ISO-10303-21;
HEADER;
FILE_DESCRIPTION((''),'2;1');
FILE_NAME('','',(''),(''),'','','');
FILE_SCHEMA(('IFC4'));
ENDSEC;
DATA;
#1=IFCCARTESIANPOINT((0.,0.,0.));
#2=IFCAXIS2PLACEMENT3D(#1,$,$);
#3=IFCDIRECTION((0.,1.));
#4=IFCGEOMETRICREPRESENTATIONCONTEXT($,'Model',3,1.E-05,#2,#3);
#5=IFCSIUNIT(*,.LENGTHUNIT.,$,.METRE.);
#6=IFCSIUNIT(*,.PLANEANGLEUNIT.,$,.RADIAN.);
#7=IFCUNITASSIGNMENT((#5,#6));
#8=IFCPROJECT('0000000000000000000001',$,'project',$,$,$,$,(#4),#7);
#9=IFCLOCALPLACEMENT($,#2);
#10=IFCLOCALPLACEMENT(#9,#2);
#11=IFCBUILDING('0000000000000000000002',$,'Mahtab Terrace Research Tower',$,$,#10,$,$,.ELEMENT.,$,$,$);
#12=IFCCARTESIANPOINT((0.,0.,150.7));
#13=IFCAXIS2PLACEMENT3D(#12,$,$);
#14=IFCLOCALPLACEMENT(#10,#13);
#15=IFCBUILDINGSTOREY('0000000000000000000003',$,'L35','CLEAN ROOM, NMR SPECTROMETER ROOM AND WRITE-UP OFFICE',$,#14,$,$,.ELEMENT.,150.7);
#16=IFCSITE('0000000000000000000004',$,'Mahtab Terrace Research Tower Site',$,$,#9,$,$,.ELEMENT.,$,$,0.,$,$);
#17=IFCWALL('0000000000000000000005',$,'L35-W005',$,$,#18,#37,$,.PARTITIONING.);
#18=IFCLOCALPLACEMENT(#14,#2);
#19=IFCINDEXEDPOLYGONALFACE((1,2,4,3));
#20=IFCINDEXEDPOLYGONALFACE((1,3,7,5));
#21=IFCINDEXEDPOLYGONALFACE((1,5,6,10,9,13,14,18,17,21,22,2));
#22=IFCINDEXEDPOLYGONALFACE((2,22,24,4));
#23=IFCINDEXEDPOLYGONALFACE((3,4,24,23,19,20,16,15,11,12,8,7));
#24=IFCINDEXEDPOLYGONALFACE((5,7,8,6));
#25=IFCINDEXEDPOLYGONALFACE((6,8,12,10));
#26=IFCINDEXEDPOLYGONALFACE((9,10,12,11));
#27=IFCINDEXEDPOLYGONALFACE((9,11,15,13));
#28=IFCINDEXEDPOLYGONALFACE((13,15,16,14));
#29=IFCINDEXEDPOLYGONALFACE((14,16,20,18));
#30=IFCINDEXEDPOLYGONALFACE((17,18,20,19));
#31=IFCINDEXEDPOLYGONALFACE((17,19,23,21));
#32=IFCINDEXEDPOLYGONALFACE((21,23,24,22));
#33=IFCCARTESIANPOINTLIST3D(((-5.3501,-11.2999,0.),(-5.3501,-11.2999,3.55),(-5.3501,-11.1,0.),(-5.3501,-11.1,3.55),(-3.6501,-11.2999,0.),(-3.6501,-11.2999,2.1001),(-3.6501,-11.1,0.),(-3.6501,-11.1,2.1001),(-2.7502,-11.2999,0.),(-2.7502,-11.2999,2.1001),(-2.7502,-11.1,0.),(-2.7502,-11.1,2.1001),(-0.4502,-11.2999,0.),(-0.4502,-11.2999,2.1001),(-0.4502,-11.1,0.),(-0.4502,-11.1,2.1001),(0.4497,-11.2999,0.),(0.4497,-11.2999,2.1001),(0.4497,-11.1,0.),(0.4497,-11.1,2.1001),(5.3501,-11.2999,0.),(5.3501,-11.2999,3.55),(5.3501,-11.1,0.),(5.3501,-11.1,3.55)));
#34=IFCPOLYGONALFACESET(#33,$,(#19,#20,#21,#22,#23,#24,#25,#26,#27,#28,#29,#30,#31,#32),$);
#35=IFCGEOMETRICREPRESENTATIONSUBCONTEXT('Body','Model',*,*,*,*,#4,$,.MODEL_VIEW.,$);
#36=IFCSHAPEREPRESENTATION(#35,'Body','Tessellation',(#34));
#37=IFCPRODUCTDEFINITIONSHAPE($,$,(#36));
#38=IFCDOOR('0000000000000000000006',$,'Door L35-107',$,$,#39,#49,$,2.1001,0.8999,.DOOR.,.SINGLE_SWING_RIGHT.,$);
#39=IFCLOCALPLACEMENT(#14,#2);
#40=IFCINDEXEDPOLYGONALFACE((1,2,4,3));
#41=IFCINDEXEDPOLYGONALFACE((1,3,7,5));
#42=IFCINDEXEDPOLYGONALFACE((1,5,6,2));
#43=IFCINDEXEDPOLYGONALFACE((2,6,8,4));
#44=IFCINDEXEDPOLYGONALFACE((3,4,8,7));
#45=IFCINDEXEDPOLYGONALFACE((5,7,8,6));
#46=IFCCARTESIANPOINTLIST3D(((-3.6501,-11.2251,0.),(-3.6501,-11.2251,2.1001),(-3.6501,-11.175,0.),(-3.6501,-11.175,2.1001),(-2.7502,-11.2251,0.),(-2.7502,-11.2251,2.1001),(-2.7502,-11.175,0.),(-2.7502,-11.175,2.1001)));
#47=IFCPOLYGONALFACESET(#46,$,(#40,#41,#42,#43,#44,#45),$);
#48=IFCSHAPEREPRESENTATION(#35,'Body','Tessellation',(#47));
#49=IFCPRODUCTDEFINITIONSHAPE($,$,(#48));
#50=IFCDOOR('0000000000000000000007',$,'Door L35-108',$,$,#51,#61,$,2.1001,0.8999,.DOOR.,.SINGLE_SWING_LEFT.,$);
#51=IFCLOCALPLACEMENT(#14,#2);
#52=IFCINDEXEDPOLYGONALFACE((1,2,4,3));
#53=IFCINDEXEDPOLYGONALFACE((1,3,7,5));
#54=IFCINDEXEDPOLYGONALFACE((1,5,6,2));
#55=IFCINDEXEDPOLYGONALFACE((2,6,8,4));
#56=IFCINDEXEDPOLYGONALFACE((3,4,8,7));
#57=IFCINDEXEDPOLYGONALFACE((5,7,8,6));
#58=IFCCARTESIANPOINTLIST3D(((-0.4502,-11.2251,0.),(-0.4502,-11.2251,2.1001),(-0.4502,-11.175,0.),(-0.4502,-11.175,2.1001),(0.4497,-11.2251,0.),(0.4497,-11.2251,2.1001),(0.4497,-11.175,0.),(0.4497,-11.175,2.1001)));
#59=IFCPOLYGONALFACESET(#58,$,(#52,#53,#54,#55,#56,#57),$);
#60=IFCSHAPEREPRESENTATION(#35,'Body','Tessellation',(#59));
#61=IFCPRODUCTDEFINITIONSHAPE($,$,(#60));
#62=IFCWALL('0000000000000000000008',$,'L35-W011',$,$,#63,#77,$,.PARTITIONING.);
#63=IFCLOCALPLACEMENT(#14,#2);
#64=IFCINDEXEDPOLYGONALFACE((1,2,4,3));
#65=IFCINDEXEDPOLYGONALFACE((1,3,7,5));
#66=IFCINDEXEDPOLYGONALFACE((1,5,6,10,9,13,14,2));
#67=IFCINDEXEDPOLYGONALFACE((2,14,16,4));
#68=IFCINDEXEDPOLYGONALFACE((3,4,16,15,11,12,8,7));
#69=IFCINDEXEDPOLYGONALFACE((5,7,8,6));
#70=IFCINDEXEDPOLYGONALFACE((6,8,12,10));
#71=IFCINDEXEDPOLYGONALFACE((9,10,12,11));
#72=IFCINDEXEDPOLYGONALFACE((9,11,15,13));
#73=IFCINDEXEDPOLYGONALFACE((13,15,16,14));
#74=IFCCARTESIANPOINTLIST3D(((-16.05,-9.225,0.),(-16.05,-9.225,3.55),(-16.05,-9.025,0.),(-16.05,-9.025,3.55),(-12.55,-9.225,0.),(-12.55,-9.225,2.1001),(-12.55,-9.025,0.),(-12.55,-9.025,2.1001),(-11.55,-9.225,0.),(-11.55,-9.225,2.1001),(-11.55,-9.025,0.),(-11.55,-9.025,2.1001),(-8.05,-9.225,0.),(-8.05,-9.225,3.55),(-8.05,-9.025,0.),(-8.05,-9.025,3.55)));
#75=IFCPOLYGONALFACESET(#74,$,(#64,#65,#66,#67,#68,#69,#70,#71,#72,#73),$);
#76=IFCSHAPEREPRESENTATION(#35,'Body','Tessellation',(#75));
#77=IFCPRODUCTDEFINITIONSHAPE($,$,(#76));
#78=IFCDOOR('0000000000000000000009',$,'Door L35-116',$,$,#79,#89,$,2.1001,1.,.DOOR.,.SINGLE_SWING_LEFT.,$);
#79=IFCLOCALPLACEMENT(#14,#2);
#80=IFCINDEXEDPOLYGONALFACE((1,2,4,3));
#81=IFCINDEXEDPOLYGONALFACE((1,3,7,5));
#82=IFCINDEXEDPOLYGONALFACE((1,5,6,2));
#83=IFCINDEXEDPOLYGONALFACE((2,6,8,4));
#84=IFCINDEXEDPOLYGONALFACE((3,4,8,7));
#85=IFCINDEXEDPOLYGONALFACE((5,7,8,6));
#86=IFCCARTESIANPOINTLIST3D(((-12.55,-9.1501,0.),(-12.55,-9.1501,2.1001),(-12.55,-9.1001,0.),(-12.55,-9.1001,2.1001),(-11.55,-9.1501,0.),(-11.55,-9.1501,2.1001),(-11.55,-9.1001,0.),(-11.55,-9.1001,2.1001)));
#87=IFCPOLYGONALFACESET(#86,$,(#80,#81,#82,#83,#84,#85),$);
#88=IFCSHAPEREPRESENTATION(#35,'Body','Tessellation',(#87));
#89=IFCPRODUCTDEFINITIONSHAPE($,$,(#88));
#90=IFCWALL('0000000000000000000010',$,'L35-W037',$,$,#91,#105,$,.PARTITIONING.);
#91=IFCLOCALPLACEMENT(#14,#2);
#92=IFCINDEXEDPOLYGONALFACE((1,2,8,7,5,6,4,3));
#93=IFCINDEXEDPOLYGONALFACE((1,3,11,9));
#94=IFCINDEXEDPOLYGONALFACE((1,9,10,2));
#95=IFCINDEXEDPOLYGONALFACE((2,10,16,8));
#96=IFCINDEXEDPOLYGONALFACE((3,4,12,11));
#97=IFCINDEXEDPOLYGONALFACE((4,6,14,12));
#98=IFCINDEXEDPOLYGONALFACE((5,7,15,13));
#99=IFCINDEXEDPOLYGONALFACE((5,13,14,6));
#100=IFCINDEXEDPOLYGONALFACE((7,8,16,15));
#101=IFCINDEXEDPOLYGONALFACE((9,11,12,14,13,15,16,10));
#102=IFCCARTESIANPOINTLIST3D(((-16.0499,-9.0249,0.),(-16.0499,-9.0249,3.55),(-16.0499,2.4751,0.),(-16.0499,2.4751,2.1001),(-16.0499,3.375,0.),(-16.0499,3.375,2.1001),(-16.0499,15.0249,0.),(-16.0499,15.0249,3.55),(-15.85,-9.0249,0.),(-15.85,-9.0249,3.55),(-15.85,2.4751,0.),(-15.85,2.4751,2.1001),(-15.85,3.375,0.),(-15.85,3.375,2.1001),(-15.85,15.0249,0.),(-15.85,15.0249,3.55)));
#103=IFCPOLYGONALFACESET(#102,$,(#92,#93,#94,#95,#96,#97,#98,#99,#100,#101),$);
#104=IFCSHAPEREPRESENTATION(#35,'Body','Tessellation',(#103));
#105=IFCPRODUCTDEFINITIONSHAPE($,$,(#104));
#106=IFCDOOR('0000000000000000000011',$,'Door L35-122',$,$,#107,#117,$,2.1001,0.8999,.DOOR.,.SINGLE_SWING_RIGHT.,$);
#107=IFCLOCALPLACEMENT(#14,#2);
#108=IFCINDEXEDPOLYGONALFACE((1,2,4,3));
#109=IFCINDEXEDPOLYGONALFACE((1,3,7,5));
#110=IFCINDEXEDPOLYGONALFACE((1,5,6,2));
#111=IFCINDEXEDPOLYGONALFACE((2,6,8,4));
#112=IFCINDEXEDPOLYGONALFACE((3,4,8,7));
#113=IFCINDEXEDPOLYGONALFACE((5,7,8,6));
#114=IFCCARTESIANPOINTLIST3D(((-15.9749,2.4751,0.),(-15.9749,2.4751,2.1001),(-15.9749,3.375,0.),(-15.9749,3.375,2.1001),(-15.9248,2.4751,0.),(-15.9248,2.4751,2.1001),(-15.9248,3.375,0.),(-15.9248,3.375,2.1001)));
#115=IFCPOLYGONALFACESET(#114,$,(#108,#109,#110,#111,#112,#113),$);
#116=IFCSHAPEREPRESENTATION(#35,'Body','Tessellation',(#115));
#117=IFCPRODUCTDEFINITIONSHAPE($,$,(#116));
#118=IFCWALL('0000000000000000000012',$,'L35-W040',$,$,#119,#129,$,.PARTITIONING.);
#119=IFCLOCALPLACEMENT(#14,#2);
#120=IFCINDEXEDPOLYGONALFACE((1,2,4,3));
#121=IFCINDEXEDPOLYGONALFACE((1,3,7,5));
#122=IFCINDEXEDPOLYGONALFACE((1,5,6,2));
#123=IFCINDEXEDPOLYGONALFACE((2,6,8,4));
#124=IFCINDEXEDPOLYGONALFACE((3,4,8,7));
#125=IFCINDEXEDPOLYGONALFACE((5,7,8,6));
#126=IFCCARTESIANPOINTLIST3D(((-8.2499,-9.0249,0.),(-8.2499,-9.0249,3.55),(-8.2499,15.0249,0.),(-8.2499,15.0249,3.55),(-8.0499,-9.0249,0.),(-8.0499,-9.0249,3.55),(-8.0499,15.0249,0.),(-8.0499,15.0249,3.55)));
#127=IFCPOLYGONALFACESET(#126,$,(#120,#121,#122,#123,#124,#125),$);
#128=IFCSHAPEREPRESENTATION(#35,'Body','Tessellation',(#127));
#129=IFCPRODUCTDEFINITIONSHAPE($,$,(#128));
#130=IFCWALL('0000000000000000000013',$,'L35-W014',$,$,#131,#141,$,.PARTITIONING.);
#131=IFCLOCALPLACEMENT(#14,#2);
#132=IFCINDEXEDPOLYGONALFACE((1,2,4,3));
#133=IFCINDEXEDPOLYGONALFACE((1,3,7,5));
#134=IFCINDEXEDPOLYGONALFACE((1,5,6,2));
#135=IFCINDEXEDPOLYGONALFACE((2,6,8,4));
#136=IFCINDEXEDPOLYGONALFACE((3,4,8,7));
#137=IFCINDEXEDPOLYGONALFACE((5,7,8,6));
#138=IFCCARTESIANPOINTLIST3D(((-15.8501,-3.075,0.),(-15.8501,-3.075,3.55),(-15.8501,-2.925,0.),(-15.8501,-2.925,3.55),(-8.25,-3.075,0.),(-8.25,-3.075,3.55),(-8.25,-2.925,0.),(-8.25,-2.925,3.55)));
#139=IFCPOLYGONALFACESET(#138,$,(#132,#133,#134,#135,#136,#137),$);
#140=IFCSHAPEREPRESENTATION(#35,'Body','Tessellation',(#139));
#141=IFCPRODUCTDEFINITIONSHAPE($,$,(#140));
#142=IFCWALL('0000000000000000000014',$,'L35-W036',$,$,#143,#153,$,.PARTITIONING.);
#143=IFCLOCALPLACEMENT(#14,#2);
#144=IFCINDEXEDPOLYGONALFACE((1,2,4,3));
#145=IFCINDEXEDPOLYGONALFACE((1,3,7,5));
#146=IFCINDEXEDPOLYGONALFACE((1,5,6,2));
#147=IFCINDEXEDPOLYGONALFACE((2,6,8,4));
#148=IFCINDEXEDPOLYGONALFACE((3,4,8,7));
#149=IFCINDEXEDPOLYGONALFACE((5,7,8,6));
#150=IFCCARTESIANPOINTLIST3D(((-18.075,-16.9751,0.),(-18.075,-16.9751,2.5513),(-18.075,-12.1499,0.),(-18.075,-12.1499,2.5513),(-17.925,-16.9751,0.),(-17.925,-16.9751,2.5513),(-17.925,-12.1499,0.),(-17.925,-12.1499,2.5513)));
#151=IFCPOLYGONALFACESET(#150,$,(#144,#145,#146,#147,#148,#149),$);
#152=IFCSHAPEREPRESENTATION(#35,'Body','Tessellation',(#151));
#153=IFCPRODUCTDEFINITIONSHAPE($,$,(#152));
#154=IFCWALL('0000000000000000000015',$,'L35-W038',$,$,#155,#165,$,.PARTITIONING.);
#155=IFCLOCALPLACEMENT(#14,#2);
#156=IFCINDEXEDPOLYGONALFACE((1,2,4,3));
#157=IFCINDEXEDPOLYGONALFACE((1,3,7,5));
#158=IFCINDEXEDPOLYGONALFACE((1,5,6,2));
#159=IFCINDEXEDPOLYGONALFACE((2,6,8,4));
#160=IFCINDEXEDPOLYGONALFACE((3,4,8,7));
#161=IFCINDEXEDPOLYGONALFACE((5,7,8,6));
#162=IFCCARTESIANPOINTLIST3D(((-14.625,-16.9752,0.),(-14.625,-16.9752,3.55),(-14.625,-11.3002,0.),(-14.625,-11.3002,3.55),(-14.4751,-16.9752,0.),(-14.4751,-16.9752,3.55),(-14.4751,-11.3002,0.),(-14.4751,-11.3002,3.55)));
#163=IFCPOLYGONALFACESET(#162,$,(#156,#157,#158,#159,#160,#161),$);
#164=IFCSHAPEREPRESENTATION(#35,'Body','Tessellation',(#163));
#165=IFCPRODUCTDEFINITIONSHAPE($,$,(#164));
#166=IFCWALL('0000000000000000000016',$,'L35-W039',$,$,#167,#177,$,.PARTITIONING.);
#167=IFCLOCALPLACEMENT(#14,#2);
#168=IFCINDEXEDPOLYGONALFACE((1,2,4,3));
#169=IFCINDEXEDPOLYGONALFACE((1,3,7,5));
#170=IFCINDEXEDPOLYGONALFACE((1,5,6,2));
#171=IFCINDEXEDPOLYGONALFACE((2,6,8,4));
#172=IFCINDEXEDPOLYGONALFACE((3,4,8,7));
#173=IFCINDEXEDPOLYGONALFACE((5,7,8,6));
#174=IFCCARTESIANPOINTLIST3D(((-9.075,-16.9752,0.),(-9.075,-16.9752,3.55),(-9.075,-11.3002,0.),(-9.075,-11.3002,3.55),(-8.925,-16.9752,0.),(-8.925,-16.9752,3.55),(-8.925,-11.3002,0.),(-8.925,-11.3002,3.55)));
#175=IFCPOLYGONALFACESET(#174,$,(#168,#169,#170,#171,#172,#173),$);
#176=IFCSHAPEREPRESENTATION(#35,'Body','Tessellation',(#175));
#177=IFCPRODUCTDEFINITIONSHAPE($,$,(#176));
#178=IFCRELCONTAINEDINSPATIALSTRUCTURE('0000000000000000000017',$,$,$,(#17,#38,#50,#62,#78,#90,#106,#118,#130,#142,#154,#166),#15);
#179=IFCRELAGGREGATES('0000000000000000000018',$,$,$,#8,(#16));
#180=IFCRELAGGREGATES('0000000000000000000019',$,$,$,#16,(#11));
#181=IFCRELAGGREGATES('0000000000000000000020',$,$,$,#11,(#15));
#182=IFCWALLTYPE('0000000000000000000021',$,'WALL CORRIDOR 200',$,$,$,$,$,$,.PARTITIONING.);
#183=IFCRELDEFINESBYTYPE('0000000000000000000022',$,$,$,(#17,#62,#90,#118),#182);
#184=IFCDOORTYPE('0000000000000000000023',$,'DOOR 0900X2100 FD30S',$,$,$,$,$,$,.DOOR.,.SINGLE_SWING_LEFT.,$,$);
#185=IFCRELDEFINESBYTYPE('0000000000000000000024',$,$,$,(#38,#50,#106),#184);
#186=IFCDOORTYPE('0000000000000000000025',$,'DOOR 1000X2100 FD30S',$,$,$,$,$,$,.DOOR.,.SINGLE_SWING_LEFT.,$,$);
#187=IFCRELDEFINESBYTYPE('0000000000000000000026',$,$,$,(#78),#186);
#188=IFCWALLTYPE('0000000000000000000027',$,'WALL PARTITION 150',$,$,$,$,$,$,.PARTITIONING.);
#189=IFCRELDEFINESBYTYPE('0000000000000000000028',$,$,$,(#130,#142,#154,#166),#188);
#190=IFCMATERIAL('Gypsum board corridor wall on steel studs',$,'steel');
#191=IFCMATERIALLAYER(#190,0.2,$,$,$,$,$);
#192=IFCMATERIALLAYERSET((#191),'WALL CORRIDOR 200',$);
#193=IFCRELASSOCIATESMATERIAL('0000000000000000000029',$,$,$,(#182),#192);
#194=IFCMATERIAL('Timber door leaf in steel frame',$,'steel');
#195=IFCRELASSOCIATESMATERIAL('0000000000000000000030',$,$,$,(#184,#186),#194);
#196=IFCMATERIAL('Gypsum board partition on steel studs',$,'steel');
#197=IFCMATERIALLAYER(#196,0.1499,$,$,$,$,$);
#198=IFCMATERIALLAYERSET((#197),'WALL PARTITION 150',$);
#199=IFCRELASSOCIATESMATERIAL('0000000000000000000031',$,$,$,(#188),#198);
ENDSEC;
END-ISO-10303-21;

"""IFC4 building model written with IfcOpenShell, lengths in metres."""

from ifc_helpers import new_model, si_unit, direction, frame, frame_2d, origin, place, context, subcontext, project, spatial, rectangle, extrude, material, layer, layer_set, type_object, element, fill, save


model = new_model("IFC4")

# Units and contexts
model_context = context("Model", 3, precision=1e-05, world=origin(), true_north=direction((0.0, 1.0)))
body_context = subcontext(model_context, "Body", "Model", "MODEL_VIEW")
ifc_project = project(units=[si_unit("LENGTHUNIT", "METRE"), si_unit("PLANEANGLEUNIT", "RADIAN")], contexts=[model_context])

# Site, building, storey
site_placement = place(None, origin())
site = spatial("IfcSite", under=ifc_project, at=site_placement, Name="Mahtab Terrace Research Tower Site", CompositionType="ELEMENT", RefElevation=0.0)
building_placement = place(site_placement, origin())
building = spatial("IfcBuilding", under=site, at=building_placement, Name="Mahtab Terrace Research Tower", CompositionType="ELEMENT")
storey_placement = place(building_placement, frame((0.0, 0.0, 150.7)))
storey = spatial("IfcBuildingStorey", under=building, at=storey_placement, Name="L35", Description="CLEAN ROOM, NMR SPECTROMETER ROOM AND WRITE-UP OFFICE", CompositionType="ELEMENT", Elevation=150.7)

# Wall, openings, doors
ifc_material_1 = material(Name="Gypsum board corridor wall on steel studs", Category="steel")
ifc_layer_1 = layer(ifc_material_1, 0.2)
ifc_layer_set_1 = layer_set([ifc_layer_1], Name="WALL CORRIDOR 200")
wall_type_1 = type_object("IfcWallType", Name="WALL CORRIDOR 200", PredefinedType="PARTITIONING", material=ifc_layer_set_1)
ifc_material_2 = material(Name="Timber door leaf in steel frame", Category="steel")
door_type_1 = type_object("IfcDoorType", Name="DOOR 0900X2100 FD30S", OperationType="SINGLE_SWING_LEFT", PredefinedType="DOOR", material=ifc_material_2)
wall_1_placement = place(storey_placement, frame((-5.3501, -11.2, 0.0), z_axis=(0.0, 0.0, 1.0), x_axis=(1.0, 0.0, 0.0)))
wall_1 = element("IfcWall", 1, at=wall_1_placement, inside=storey, type_object=wall_type_1, Name="L35-W005", PredefinedType="PARTITIONING", context=body_context, shape_type="SweptSolid", body=[
    extrude(rectangle(XDim=10.7002, YDim=0.2, at=frame_2d((5.3501, 0.0))), origin(), (0.0, 0.0, 1.0), 3.55),
])
opening_1_placement = place(wall_1_placement, frame((1.7, 0.0, 0.0)))
opening_1 = element("IfcOpeningElement", 2, at=opening_1_placement, cuts=wall_1, PredefinedType="OPENING", context=body_context, shape_type="SweptSolid", body=[
    extrude(rectangle(XDim=0.8999, YDim=2.1001, at=frame_2d((0.45, 1.05))), frame((0.0, 0.1099, 0.0), z_axis=(0.0, -1.0, 0.0), x_axis=(1.0, 0.0, 0.0)), (0.0, 0.0, 1.0), 0.22),
])
opening_2_placement = place(wall_1_placement, frame((4.8999, 0.0, 0.0)))
opening_2 = element("IfcOpeningElement", 3, at=opening_2_placement, cuts=wall_1, PredefinedType="OPENING", context=body_context, shape_type="SweptSolid", body=[
    extrude(rectangle(XDim=0.8999, YDim=2.1001, at=frame_2d((0.45, 1.05))), frame((0.0, 0.1099, 0.0), z_axis=(0.0, -1.0, 0.0), x_axis=(1.0, 0.0, 0.0)), (0.0, 0.0, 1.0), 0.22),
])
door_1_placement = place(opening_1_placement, origin())
door_1 = element("IfcDoor", 4, at=door_1_placement, inside=storey, type_object=door_type_1, Name="Door L35-107", OperationType="SINGLE_SWING_RIGHT", OverallHeight=2.1001, OverallWidth=0.8999, PredefinedType="DOOR", context=body_context, shape_type="SweptSolid", body=[
    extrude(rectangle(XDim=0.8999, YDim=2.1001, at=frame_2d((0.45, 1.05))), frame((0.0, 0.0249, 0.0), z_axis=(0.0, -1.0, 0.0), x_axis=(1.0, 0.0, 0.0)), (0.0, 0.0, 1.0), 0.05),
])
fill(opening_1, door_1)
door_2_placement = place(opening_2_placement, origin())
door_2 = element("IfcDoor", 5, at=door_2_placement, inside=storey, type_object=door_type_1, Name="Door L35-108", OperationType="SINGLE_SWING_LEFT", OverallHeight=2.1001, OverallWidth=0.8999, PredefinedType="DOOR", context=body_context, shape_type="SweptSolid", body=[
    extrude(rectangle(XDim=0.8999, YDim=2.1001, at=frame_2d((0.45, 1.05))), frame((0.0, 0.0249, 0.0), z_axis=(0.0, -1.0, 0.0), x_axis=(1.0, 0.0, 0.0)), (0.0, 0.0, 1.0), 0.05),
])
fill(opening_2, door_2)

# Walls, openings, doors
wall_2_placement = place(storey_placement, frame((-16.05, -9.125, 0.0), z_axis=(0.0, 0.0, 1.0), x_axis=(1.0, 0.0, 0.0)))
wall_2 = element("IfcWall", 6, at=wall_2_placement, inside=storey, type_object=wall_type_1, Name="L35-W011", PredefinedType="PARTITIONING", context=body_context, shape_type="SweptSolid", body=[
    extrude(rectangle(XDim=8.0, YDim=0.2, at=frame_2d((4.0, 0.0))), origin(), (0.0, 0.0, 1.0), 3.55),
])
opening_3_placement = place(wall_2_placement, frame((3.5, 0.0, 0.0)))
opening_3 = element("IfcOpeningElement", 7, at=opening_3_placement, cuts=wall_2, PredefinedType="OPENING", context=body_context, shape_type="SweptSolid", body=[
    extrude(rectangle(XDim=1.0, YDim=2.1001, at=frame_2d((0.5, 1.05))), frame((0.0, 0.1099, 0.0), z_axis=(0.0, -1.0, 0.0), x_axis=(1.0, 0.0, 0.0)), (0.0, 0.0, 1.0), 0.22),
])
door_type_2 = type_object("IfcDoorType", Name="DOOR 1000X2100 FD30S", OperationType="SINGLE_SWING_LEFT", PredefinedType="DOOR", material=ifc_material_2)
door_3_placement = place(opening_3_placement, origin())
door_3 = element("IfcDoor", 8, at=door_3_placement, inside=storey, type_object=door_type_2, Name="Door L35-116", OperationType="SINGLE_SWING_LEFT", OverallHeight=2.1001, OverallWidth=1.0, PredefinedType="DOOR", context=body_context, shape_type="SweptSolid", body=[
    extrude(rectangle(XDim=1.0, YDim=2.1001, at=frame_2d((0.5, 1.05))), frame((0.0, 0.0249, 0.0), z_axis=(0.0, -1.0, 0.0), x_axis=(1.0, 0.0, 0.0)), (0.0, 0.0, 1.0), 0.05),
])
fill(opening_3, door_3)
wall_3_placement = place(storey_placement, frame((-15.95, -9.0249, 0.0), z_axis=(0.0, 0.0, 1.0), x_axis=(0.0, 1.0, 0.0)))
wall_3 = element("IfcWall", 9, at=wall_3_placement, inside=storey, type_object=wall_type_1, Name="L35-W037", PredefinedType="PARTITIONING", context=body_context, shape_type="SweptSolid", body=[
    extrude(rectangle(XDim=24.0498, YDim=0.2, at=frame_2d((12.0249, 0.0))), origin(), (0.0, 0.0, 1.0), 3.55),
])
opening_4_placement = place(wall_3_placement, frame((11.5, 0.0, 0.0)))
opening_4 = element("IfcOpeningElement", 10, at=opening_4_placement, cuts=wall_3, PredefinedType="OPENING", context=body_context, shape_type="SweptSolid", body=[
    extrude(rectangle(XDim=0.8999, YDim=2.1001, at=frame_2d((0.45, 1.05))), frame((0.0, 0.1099, 0.0), z_axis=(0.0, -1.0, 0.0), x_axis=(1.0, 0.0, 0.0)), (0.0, 0.0, 1.0), 0.22),
])
door_4_placement = place(opening_4_placement, origin())
door_4 = element("IfcDoor", 11, at=door_4_placement, inside=storey, type_object=door_type_1, Name="Door L35-122", OperationType="SINGLE_SWING_RIGHT", OverallHeight=2.1001, OverallWidth=0.8999, PredefinedType="DOOR", context=body_context, shape_type="SweptSolid", body=[
    extrude(rectangle(XDim=0.8999, YDim=2.1001, at=frame_2d((0.45, 1.05))), frame((0.0, 0.0249, 0.0), z_axis=(0.0, -1.0, 0.0), x_axis=(1.0, 0.0, 0.0)), (0.0, 0.0, 1.0), 0.05),
])
fill(opening_4, door_4)

# Walls
wall_4_placement = place(storey_placement, frame((-8.1499, -9.0249, 0.0), z_axis=(0.0, 0.0, 1.0), x_axis=(0.0, 1.0, 0.0)))
element("IfcWall", 12, at=wall_4_placement, inside=storey, type_object=wall_type_1, Name="L35-W040", PredefinedType="PARTITIONING", context=body_context, shape_type="SweptSolid", body=[
    extrude(rectangle(XDim=24.0498, YDim=0.2, at=frame_2d((12.0249, 0.0))), origin(), (0.0, 0.0, 1.0), 3.55),
])
ifc_material_3 = material(Name="Gypsum board partition on steel studs", Category="steel")
ifc_layer_2 = layer(ifc_material_3, 0.1499)
ifc_layer_set_2 = layer_set([ifc_layer_2], Name="WALL PARTITION 150")
wall_type_2 = type_object("IfcWallType", Name="WALL PARTITION 150", PredefinedType="PARTITIONING", material=ifc_layer_set_2)
wall_5_placement = place(storey_placement, frame((-15.8501, -3.0, 0.0), z_axis=(0.0, 0.0, 1.0), x_axis=(1.0, 0.0, 0.0)))
element("IfcWall", 13, at=wall_5_placement, inside=storey, type_object=wall_type_2, Name="L35-W014", PredefinedType="PARTITIONING", context=body_context, shape_type="SweptSolid", body=[
    extrude(rectangle(XDim=7.6001, YDim=0.1499, at=frame_2d((3.8, 0.0))), origin(), (0.0, 0.0, 1.0), 3.55),
])
wall_6_placement = place(storey_placement, frame((-18.0, -16.9751, 0.0), z_axis=(0.0, 0.0, 1.0), x_axis=(0.0, 1.0, 0.0)))
element("IfcWall", 14, at=wall_6_placement, inside=storey, type_object=wall_type_2, Name="L35-W036", PredefinedType="PARTITIONING", context=body_context, shape_type="SweptSolid", body=[
    extrude(rectangle(XDim=4.8252, YDim=0.1499, at=frame_2d((2.4126, 0.0))), origin(), (0.0, 0.0, 1.0), 2.5513),
])
for number, where, z_axis, x_axis, name in (
    (15, (-14.55, -16.9751, 0.0), (0.0, 0.0, 1.0), (0.0, 1.0, 0.0), "L35-W038"),
    (16, (-9.0, -16.9751, 0.0), (0.0, 0.0, 1.0), (0.0, 1.0, 0.0), "L35-W039"),
):
    element("IfcWall", number, at=place(storey_placement, frame(where, z_axis=z_axis, x_axis=x_axis)), inside=storey, type_object=wall_type_2, Name=name, PredefinedType="PARTITIONING", context=body_context, shape_type="SweptSolid", body=[
        extrude(rectangle(XDim=5.675, YDim=0.1499, at=frame_2d((2.8374, 0.0))), origin(), (0.0, 0.0, 1.0), 3.55),
    ])

save(model, "model.ifc")
